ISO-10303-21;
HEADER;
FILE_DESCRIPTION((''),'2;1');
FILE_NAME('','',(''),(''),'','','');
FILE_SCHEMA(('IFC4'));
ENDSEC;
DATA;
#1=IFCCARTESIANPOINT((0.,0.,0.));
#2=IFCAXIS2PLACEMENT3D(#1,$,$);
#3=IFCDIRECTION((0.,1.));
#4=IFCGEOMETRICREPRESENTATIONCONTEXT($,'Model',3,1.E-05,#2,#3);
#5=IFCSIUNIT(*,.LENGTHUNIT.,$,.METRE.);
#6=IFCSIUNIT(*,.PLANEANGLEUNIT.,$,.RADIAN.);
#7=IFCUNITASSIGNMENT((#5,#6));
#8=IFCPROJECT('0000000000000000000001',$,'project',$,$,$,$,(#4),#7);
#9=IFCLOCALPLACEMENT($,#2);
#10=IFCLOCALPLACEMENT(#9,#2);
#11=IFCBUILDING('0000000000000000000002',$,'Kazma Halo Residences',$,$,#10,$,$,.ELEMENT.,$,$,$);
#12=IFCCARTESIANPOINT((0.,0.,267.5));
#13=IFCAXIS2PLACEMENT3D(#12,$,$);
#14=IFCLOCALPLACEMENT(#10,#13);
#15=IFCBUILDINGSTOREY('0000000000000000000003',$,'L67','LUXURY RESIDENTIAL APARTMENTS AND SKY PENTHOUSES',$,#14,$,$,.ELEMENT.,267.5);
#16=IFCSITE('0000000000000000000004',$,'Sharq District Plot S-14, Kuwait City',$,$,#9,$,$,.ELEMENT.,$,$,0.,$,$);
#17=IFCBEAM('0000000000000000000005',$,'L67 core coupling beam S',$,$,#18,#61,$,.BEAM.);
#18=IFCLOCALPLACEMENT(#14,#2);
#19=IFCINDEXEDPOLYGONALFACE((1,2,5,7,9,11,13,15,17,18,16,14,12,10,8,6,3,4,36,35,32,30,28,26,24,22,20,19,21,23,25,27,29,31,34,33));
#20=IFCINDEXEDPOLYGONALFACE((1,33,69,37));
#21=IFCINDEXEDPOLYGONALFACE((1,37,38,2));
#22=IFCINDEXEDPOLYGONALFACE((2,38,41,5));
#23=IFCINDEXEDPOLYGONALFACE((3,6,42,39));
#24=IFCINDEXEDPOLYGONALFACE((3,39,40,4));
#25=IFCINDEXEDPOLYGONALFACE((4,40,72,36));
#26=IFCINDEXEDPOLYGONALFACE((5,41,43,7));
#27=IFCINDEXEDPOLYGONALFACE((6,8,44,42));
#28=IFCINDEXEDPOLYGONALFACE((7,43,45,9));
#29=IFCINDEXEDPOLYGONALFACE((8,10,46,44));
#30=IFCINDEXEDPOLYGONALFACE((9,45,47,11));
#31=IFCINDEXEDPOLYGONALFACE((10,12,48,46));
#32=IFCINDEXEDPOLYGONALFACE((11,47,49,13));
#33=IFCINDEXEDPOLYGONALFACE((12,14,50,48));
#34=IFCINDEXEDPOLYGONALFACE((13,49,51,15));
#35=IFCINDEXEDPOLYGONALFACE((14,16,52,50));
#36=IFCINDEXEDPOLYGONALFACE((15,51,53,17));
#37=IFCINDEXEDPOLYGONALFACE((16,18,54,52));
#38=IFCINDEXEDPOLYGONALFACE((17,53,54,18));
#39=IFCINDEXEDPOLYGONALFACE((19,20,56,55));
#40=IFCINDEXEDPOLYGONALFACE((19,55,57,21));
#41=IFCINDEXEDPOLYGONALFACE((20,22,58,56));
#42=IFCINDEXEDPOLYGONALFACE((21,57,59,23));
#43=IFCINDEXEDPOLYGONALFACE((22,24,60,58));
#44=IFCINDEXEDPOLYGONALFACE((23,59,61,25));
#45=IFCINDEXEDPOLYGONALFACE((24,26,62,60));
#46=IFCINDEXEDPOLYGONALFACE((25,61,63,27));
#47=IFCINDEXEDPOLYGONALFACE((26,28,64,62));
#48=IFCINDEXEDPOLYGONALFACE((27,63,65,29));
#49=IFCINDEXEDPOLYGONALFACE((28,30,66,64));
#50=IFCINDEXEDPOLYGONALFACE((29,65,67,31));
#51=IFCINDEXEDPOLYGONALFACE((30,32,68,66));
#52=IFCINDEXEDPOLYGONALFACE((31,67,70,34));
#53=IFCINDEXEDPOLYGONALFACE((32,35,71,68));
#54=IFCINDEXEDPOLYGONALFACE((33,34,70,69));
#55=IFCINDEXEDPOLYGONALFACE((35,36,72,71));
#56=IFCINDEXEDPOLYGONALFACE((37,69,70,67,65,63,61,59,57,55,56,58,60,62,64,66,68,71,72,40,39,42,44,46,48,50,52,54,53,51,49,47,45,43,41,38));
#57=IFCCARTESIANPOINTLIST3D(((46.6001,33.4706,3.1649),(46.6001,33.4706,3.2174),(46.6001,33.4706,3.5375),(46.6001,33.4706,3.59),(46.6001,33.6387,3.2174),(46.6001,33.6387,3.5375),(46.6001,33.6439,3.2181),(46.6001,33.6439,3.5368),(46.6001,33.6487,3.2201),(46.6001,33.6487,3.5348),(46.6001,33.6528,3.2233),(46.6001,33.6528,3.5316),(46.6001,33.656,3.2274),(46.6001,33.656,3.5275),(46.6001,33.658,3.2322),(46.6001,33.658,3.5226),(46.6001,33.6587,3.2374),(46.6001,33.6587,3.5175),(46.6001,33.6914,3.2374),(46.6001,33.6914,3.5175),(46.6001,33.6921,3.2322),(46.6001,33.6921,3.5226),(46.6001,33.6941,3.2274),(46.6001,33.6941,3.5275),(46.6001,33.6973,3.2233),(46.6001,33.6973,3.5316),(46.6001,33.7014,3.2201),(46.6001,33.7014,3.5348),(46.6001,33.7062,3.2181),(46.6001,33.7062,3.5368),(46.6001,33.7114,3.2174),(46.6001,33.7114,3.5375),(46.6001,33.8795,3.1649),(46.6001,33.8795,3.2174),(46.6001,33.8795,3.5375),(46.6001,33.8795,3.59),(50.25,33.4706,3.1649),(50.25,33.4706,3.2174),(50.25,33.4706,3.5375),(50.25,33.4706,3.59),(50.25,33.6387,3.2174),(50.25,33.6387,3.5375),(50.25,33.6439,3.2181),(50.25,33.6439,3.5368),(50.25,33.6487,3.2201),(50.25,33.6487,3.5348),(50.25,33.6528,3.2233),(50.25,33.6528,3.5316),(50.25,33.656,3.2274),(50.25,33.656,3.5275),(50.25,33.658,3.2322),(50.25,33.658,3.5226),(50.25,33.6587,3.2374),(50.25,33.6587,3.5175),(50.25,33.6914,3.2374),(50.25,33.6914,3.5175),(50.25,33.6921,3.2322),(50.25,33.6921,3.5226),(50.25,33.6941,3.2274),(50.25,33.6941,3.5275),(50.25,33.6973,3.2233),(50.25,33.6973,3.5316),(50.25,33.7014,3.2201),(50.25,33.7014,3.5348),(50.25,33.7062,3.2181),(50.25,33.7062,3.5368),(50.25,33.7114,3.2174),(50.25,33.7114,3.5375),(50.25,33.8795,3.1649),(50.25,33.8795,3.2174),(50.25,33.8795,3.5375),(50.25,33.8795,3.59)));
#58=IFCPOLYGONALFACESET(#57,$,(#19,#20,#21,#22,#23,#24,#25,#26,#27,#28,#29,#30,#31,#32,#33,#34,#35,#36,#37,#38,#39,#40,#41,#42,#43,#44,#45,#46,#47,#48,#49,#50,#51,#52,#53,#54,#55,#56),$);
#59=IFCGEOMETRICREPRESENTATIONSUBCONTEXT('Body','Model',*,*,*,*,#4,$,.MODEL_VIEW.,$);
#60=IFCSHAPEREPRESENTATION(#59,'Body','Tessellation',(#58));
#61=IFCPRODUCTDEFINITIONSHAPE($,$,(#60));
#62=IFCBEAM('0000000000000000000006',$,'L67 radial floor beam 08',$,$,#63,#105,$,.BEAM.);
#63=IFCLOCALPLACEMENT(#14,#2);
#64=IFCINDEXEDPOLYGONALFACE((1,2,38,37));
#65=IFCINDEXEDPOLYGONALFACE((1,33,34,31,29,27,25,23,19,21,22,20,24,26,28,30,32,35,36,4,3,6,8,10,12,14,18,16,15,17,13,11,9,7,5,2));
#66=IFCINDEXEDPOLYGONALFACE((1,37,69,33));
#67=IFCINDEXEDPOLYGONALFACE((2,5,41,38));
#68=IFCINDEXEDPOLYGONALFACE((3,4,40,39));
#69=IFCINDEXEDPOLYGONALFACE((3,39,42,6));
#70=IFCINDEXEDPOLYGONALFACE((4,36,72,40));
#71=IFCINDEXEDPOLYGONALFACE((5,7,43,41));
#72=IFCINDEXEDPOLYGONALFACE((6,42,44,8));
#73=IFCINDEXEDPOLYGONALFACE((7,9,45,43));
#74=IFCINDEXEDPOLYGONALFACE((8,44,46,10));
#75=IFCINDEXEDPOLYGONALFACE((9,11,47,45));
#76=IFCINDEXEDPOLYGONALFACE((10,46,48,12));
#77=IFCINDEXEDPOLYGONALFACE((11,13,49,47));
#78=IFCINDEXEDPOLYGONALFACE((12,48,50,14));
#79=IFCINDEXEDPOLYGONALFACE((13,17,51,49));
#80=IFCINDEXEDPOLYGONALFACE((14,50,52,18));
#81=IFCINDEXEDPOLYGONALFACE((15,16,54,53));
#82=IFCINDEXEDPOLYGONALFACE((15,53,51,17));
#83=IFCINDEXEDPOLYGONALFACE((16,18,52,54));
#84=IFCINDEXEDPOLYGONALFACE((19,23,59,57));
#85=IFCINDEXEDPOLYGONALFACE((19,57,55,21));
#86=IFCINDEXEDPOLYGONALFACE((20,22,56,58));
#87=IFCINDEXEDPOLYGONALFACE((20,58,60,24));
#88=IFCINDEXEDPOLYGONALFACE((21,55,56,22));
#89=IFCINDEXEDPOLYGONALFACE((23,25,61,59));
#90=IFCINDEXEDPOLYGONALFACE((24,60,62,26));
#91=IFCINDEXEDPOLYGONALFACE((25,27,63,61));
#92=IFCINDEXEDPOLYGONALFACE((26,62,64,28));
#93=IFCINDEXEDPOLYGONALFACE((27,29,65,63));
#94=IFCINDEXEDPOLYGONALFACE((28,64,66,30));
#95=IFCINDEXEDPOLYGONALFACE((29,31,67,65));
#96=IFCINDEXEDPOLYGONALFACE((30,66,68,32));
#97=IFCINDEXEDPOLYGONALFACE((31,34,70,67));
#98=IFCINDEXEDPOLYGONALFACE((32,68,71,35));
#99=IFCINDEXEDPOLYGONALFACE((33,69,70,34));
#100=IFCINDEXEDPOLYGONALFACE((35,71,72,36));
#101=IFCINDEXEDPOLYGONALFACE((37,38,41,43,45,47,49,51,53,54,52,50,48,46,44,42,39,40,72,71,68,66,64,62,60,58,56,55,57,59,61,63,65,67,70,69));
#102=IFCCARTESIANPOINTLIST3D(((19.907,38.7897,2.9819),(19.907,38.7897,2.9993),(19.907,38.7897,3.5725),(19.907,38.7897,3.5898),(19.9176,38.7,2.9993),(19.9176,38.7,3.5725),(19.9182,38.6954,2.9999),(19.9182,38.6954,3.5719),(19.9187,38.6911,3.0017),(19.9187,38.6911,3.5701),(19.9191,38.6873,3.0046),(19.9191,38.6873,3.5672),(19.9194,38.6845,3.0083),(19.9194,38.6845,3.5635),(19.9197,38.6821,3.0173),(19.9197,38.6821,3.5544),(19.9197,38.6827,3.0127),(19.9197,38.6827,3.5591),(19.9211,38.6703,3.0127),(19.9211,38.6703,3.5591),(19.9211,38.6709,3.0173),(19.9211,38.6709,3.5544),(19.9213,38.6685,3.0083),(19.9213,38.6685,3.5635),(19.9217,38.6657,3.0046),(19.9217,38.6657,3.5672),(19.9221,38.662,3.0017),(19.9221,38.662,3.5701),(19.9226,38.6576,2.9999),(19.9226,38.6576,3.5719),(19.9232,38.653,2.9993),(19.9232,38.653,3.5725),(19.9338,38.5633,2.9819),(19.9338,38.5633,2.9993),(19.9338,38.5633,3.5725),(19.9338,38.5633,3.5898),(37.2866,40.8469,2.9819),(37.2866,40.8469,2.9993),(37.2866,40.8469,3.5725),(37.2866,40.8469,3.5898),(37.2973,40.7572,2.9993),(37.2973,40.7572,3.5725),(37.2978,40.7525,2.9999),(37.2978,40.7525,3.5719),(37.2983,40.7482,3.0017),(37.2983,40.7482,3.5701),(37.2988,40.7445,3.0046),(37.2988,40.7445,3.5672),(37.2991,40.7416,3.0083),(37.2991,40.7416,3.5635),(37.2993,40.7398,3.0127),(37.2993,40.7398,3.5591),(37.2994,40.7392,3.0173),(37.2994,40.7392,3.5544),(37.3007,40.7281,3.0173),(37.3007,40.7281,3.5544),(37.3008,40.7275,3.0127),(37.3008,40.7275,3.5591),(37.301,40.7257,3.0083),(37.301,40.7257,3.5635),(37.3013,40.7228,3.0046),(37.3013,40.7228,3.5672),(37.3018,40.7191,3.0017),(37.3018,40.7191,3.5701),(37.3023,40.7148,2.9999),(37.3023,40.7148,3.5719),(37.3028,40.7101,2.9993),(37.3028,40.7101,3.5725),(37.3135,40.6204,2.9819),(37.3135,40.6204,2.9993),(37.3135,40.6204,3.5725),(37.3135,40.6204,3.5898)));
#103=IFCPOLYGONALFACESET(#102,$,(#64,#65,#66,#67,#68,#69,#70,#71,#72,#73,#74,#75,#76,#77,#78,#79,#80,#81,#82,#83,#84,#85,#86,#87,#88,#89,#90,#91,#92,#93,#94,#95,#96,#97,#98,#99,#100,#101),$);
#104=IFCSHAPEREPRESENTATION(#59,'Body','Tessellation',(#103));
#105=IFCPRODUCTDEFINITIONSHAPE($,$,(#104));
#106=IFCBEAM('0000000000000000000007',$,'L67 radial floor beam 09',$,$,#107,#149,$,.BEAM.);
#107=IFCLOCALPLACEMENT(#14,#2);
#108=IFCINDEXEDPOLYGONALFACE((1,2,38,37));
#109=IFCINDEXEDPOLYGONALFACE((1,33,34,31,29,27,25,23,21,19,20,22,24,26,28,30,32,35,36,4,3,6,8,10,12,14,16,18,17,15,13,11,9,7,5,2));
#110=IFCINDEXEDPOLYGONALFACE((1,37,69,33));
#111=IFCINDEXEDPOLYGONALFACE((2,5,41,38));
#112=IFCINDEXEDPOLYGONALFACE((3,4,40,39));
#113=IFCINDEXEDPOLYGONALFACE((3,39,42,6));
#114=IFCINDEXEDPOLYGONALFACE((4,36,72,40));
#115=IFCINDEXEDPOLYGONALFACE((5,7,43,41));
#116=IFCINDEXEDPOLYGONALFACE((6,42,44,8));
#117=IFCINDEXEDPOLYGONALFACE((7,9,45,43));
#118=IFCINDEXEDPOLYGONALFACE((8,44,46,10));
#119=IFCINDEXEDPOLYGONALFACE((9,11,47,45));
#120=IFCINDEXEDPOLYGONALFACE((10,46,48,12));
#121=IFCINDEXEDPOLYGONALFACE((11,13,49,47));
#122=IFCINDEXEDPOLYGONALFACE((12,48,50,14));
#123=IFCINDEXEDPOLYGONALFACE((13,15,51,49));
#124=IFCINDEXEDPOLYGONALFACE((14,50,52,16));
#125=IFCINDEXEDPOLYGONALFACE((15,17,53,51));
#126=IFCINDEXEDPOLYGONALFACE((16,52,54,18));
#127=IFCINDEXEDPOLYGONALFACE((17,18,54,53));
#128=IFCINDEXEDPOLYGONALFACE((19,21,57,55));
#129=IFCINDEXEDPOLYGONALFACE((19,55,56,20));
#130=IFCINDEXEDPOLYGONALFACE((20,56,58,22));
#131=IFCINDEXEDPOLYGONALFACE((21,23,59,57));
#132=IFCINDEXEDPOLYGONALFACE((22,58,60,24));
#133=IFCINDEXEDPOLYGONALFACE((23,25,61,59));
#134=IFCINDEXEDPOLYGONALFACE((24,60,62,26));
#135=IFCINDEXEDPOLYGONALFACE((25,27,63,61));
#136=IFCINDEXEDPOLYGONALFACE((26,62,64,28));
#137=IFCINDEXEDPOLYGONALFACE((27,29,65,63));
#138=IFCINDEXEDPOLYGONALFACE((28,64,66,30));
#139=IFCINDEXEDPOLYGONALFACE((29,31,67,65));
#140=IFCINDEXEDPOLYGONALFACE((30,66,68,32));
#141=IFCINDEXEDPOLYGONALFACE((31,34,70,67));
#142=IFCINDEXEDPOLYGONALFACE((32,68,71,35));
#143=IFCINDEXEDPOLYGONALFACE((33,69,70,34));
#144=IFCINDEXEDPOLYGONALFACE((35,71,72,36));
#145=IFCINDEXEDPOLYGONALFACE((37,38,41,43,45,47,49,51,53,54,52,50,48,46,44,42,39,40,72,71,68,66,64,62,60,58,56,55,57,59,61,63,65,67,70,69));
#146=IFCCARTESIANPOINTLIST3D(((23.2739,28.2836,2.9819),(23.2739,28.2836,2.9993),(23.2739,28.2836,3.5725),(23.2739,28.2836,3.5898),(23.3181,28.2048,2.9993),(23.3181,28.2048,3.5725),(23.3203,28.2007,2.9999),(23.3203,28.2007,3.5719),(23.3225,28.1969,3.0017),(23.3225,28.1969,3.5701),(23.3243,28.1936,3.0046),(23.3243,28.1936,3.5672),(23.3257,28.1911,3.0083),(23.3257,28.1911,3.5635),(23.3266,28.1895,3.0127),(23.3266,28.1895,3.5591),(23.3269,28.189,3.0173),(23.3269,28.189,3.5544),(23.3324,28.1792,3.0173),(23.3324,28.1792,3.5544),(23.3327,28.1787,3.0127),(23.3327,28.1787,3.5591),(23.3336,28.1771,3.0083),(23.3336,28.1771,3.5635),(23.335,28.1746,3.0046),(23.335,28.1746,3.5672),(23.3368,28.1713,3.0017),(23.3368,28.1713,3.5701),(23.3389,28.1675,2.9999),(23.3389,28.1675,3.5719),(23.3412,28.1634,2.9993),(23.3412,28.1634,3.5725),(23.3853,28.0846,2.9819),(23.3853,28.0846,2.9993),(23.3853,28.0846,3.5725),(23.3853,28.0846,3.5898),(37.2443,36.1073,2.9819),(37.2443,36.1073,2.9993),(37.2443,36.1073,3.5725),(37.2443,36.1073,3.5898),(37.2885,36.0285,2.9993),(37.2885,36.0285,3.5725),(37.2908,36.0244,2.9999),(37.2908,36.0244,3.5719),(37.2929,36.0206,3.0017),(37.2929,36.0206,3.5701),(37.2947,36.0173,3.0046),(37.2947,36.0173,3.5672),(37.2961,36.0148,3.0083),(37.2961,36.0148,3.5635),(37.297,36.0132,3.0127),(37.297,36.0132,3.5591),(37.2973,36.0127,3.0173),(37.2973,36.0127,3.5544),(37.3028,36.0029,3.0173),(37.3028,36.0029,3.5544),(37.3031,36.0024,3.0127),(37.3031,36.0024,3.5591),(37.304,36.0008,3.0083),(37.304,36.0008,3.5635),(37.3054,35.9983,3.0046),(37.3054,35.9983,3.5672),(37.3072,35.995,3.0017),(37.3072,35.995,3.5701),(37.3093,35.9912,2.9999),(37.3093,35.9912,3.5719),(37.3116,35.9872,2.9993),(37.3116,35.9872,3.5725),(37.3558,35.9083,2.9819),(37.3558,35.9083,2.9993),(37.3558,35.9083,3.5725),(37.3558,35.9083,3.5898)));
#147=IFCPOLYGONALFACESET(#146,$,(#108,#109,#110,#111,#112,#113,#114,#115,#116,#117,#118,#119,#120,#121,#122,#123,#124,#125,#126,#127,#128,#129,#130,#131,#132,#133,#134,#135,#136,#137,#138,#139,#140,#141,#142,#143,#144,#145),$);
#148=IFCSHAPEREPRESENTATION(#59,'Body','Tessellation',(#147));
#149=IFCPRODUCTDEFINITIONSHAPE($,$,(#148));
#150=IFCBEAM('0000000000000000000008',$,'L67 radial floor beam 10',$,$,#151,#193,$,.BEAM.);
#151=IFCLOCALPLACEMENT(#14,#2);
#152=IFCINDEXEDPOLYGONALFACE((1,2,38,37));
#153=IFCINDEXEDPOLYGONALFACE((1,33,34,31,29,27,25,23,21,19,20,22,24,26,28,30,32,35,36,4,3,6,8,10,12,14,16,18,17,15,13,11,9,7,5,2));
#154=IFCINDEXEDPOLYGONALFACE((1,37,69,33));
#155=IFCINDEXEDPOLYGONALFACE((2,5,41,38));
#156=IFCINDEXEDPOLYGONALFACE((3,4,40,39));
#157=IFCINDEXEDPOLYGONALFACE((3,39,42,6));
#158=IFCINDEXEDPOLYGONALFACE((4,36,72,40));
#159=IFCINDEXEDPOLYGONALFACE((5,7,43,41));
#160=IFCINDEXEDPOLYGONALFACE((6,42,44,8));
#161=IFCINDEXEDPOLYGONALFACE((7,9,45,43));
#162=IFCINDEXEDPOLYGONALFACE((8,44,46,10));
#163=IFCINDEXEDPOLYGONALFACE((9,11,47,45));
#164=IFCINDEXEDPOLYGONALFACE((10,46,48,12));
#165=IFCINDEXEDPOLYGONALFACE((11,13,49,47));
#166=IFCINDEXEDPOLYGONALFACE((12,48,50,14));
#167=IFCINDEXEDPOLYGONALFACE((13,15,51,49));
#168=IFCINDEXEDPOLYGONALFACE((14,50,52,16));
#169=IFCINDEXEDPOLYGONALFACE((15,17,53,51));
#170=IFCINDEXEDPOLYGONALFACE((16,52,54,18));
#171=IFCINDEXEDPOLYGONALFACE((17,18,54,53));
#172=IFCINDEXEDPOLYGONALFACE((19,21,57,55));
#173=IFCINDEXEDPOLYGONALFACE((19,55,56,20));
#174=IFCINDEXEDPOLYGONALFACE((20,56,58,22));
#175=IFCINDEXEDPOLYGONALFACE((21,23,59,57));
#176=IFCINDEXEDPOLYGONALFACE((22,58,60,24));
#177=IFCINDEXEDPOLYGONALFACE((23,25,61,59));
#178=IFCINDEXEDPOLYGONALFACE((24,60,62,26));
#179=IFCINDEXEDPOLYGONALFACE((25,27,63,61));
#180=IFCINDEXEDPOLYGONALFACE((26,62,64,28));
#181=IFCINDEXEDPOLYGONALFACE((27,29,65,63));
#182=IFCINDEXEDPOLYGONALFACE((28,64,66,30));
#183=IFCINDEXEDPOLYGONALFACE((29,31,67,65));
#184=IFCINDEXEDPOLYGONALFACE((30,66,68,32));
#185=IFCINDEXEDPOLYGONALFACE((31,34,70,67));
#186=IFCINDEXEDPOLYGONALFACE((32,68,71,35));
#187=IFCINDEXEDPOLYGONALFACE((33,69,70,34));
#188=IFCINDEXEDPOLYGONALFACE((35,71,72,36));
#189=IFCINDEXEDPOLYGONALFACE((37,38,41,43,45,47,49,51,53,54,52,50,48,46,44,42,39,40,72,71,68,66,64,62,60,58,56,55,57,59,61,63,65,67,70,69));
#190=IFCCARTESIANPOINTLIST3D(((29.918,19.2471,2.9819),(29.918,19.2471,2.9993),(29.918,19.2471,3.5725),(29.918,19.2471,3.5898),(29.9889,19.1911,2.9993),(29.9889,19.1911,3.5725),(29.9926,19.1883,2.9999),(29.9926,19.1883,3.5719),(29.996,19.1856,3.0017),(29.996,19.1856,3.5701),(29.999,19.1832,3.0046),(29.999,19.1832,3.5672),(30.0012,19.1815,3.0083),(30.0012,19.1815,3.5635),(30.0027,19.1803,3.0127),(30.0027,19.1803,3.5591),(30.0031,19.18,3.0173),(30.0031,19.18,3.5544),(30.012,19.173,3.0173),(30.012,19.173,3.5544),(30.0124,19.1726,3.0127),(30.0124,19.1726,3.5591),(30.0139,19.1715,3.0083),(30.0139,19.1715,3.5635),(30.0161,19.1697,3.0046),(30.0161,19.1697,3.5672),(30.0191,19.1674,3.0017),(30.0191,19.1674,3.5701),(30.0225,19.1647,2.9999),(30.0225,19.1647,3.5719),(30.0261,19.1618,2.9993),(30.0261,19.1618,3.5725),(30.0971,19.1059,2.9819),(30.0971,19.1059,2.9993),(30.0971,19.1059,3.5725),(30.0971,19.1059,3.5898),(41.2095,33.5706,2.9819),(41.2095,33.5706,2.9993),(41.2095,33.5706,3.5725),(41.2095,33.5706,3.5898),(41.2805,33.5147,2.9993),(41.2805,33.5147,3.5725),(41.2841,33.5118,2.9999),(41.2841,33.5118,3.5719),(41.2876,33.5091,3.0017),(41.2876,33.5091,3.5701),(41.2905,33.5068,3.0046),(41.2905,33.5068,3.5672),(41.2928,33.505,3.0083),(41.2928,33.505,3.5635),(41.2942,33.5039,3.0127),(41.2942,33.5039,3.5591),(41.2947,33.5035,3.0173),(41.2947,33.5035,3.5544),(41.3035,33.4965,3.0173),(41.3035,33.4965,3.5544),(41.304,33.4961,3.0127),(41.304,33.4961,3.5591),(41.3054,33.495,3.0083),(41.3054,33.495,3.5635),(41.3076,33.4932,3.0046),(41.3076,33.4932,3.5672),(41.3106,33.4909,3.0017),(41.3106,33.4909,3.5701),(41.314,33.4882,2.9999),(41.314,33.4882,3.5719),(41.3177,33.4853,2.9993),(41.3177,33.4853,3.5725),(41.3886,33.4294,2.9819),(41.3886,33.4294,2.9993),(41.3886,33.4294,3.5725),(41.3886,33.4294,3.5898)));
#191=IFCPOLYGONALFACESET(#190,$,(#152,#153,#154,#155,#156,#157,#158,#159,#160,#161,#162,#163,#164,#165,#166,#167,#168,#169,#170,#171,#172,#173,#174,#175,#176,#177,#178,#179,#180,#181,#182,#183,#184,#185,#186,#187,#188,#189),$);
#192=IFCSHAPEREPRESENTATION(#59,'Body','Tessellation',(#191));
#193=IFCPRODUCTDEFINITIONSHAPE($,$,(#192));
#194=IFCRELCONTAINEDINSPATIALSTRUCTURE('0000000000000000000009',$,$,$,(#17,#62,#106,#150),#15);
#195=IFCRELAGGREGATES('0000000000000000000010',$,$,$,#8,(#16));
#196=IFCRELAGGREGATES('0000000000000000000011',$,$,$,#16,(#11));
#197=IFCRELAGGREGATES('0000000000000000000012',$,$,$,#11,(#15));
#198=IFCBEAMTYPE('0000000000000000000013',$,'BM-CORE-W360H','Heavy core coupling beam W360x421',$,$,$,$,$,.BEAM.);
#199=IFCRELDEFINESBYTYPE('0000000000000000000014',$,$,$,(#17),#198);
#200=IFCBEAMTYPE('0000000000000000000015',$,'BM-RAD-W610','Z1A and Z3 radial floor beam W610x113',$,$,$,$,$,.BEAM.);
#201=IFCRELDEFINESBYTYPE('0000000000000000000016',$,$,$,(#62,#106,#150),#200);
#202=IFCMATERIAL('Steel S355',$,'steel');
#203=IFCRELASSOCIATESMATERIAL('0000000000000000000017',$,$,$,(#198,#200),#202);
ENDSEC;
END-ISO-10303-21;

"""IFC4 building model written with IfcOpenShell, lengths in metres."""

from ifc_helpers import new_model, si_unit, direction, frame, origin, origin_2d, place, context, subcontext, project, spatial, i_section, extrude, material, material_profile, profile_set, type_object, element, save


model = new_model("IFC4")

# Units and contexts
model_context = context("Model", 3, precision=1e-05, world=origin(), true_north=direction((0.0, 1.0)))
body_context = subcontext(model_context, "Body", "Model", "MODEL_VIEW")
ifc_project = project(units=[si_unit("LENGTHUNIT", "METRE"), si_unit("PLANEANGLEUNIT", "RADIAN")], contexts=[model_context])

# Site, building, storey
site_placement = place(None, origin())
site = spatial("IfcSite", under=ifc_project, at=site_placement, Name="Sharq District Plot S-14, Kuwait City", CompositionType="ELEMENT", RefElevation=0.0)
building_placement = place(site_placement, origin())
building = spatial("IfcBuilding", under=site, at=building_placement, Name="Kazma Halo Residences", CompositionType="ELEMENT")
storey_placement = place(building_placement, frame((0.0, 0.0, 267.5)))
storey = spatial("IfcBuildingStorey", under=building, at=storey_placement, Name="L67", Description="LUXURY RESIDENTIAL APARTMENTS AND SKY PENTHOUSES", CompositionType="ELEMENT", Elevation=267.5)

# Beams
ifc_material_1 = material(Name="Steel S355", Category="steel")
ifc_material_profile_1 = material_profile(ifc_material_1, i_section(OverallWidth=0.4089, OverallDepth=0.425, WebThickness=0.0327, FlangeThickness=0.0525, FilletRadius=0.02, at=origin_2d()), Name="W360x421")
ifc_profile_set_1 = profile_set([ifc_material_profile_1], Name="Steel S355")
beam_type_1 = type_object("IfcBeamType", Name="BM-CORE-W360H", Description="Heavy core coupling beam W360x421", PredefinedType="BEAM", material=ifc_profile_set_1)
beam_1_placement = place(storey_placement, frame((46.6001, 33.675, 3.3774), z_axis=(1.0, 0.0, 0.0), x_axis=(0.0, 1.0, 0.0)))
element("IfcBeam", 1, at=beam_1_placement, inside=storey, type_object=beam_type_1, Name="L67 core coupling beam S", PredefinedType="BEAM", context=body_context, shape_type="SweptSolid", body=[
    extrude(i_section(OverallWidth=0.4089, OverallDepth=0.425, WebThickness=0.0327, FlangeThickness=0.0525, FilletRadius=0.02, at=origin_2d()), origin(), (0.0, 0.0, 1.0), 3.6499),
])
ifc_material_profile_2 = material_profile(ifc_material_1, i_section(OverallWidth=0.228, OverallDepth=0.6079, WebThickness=0.0112, FlangeThickness=0.0173, FilletRadius=0.0181, at=origin_2d()), Name="W610x113")
ifc_profile_set_2 = profile_set([ifc_material_profile_2], Name="Steel S355")
beam_type_2 = type_object("IfcBeamType", Name="BM-RAD-W610", Description="Z1A and Z3 radial floor beam W610x113", PredefinedType="BEAM", material=ifc_profile_set_2)
beam_2_placement = place(storey_placement, frame((37.3, 40.7336, 3.2859), z_axis=(-0.993068, -0.117544, 0.0), x_axis=(0.117544, -0.993068, 0.0)))
element("IfcBeam", 2, at=beam_2_placement, inside=storey, type_object=beam_type_2, Name="L67 radial floor beam 08", PredefinedType="BEAM", context=body_context, shape_type="SweptSolid", body=[
    extrude(i_section(OverallWidth=0.228, OverallDepth=0.6079, WebThickness=0.0112, FlangeThickness=0.0173, FilletRadius=0.0181, at=origin_2d()), origin(), (0.0, 0.0, 1.0), 17.501),
])
beam_3_placement = place(storey_placement, frame((37.3, 36.0078, 3.2859), z_axis=(-0.872499, -0.488616, 0.0), x_axis=(0.488616, -0.872499, 0.0)))
element("IfcBeam", 3, at=beam_3_placement, inside=storey, type_object=beam_type_2, Name="L67 radial floor beam 09", PredefinedType="BEAM", context=body_context, shape_type="SweptSolid", body=[
    extrude(i_section(OverallWidth=0.228, OverallDepth=0.6079, WebThickness=0.0112, FlangeThickness=0.0173, FilletRadius=0.0181, at=origin_2d()), origin(), (0.0, 0.0, 1.0), 16.012),
])
beam_4_placement = place(storey_placement, frame((41.2991, 33.5, 3.2859), z_axis=(-0.619086, -0.785323, 0.0), x_axis=(0.785323, -0.619086, 0.0)))
element("IfcBeam", 4, at=beam_4_placement, inside=storey, type_object=beam_type_2, Name="L67 radial floor beam 10", PredefinedType="BEAM", context=body_context, shape_type="SweptSolid", body=[
    extrude(i_section(OverallWidth=0.228, OverallDepth=0.6079, WebThickness=0.0112, FlangeThickness=0.0173, FilletRadius=0.0181, at=origin_2d()), origin(), (0.0, 0.0, 1.0), 18.239),
])

save(model, "model.ifc")
